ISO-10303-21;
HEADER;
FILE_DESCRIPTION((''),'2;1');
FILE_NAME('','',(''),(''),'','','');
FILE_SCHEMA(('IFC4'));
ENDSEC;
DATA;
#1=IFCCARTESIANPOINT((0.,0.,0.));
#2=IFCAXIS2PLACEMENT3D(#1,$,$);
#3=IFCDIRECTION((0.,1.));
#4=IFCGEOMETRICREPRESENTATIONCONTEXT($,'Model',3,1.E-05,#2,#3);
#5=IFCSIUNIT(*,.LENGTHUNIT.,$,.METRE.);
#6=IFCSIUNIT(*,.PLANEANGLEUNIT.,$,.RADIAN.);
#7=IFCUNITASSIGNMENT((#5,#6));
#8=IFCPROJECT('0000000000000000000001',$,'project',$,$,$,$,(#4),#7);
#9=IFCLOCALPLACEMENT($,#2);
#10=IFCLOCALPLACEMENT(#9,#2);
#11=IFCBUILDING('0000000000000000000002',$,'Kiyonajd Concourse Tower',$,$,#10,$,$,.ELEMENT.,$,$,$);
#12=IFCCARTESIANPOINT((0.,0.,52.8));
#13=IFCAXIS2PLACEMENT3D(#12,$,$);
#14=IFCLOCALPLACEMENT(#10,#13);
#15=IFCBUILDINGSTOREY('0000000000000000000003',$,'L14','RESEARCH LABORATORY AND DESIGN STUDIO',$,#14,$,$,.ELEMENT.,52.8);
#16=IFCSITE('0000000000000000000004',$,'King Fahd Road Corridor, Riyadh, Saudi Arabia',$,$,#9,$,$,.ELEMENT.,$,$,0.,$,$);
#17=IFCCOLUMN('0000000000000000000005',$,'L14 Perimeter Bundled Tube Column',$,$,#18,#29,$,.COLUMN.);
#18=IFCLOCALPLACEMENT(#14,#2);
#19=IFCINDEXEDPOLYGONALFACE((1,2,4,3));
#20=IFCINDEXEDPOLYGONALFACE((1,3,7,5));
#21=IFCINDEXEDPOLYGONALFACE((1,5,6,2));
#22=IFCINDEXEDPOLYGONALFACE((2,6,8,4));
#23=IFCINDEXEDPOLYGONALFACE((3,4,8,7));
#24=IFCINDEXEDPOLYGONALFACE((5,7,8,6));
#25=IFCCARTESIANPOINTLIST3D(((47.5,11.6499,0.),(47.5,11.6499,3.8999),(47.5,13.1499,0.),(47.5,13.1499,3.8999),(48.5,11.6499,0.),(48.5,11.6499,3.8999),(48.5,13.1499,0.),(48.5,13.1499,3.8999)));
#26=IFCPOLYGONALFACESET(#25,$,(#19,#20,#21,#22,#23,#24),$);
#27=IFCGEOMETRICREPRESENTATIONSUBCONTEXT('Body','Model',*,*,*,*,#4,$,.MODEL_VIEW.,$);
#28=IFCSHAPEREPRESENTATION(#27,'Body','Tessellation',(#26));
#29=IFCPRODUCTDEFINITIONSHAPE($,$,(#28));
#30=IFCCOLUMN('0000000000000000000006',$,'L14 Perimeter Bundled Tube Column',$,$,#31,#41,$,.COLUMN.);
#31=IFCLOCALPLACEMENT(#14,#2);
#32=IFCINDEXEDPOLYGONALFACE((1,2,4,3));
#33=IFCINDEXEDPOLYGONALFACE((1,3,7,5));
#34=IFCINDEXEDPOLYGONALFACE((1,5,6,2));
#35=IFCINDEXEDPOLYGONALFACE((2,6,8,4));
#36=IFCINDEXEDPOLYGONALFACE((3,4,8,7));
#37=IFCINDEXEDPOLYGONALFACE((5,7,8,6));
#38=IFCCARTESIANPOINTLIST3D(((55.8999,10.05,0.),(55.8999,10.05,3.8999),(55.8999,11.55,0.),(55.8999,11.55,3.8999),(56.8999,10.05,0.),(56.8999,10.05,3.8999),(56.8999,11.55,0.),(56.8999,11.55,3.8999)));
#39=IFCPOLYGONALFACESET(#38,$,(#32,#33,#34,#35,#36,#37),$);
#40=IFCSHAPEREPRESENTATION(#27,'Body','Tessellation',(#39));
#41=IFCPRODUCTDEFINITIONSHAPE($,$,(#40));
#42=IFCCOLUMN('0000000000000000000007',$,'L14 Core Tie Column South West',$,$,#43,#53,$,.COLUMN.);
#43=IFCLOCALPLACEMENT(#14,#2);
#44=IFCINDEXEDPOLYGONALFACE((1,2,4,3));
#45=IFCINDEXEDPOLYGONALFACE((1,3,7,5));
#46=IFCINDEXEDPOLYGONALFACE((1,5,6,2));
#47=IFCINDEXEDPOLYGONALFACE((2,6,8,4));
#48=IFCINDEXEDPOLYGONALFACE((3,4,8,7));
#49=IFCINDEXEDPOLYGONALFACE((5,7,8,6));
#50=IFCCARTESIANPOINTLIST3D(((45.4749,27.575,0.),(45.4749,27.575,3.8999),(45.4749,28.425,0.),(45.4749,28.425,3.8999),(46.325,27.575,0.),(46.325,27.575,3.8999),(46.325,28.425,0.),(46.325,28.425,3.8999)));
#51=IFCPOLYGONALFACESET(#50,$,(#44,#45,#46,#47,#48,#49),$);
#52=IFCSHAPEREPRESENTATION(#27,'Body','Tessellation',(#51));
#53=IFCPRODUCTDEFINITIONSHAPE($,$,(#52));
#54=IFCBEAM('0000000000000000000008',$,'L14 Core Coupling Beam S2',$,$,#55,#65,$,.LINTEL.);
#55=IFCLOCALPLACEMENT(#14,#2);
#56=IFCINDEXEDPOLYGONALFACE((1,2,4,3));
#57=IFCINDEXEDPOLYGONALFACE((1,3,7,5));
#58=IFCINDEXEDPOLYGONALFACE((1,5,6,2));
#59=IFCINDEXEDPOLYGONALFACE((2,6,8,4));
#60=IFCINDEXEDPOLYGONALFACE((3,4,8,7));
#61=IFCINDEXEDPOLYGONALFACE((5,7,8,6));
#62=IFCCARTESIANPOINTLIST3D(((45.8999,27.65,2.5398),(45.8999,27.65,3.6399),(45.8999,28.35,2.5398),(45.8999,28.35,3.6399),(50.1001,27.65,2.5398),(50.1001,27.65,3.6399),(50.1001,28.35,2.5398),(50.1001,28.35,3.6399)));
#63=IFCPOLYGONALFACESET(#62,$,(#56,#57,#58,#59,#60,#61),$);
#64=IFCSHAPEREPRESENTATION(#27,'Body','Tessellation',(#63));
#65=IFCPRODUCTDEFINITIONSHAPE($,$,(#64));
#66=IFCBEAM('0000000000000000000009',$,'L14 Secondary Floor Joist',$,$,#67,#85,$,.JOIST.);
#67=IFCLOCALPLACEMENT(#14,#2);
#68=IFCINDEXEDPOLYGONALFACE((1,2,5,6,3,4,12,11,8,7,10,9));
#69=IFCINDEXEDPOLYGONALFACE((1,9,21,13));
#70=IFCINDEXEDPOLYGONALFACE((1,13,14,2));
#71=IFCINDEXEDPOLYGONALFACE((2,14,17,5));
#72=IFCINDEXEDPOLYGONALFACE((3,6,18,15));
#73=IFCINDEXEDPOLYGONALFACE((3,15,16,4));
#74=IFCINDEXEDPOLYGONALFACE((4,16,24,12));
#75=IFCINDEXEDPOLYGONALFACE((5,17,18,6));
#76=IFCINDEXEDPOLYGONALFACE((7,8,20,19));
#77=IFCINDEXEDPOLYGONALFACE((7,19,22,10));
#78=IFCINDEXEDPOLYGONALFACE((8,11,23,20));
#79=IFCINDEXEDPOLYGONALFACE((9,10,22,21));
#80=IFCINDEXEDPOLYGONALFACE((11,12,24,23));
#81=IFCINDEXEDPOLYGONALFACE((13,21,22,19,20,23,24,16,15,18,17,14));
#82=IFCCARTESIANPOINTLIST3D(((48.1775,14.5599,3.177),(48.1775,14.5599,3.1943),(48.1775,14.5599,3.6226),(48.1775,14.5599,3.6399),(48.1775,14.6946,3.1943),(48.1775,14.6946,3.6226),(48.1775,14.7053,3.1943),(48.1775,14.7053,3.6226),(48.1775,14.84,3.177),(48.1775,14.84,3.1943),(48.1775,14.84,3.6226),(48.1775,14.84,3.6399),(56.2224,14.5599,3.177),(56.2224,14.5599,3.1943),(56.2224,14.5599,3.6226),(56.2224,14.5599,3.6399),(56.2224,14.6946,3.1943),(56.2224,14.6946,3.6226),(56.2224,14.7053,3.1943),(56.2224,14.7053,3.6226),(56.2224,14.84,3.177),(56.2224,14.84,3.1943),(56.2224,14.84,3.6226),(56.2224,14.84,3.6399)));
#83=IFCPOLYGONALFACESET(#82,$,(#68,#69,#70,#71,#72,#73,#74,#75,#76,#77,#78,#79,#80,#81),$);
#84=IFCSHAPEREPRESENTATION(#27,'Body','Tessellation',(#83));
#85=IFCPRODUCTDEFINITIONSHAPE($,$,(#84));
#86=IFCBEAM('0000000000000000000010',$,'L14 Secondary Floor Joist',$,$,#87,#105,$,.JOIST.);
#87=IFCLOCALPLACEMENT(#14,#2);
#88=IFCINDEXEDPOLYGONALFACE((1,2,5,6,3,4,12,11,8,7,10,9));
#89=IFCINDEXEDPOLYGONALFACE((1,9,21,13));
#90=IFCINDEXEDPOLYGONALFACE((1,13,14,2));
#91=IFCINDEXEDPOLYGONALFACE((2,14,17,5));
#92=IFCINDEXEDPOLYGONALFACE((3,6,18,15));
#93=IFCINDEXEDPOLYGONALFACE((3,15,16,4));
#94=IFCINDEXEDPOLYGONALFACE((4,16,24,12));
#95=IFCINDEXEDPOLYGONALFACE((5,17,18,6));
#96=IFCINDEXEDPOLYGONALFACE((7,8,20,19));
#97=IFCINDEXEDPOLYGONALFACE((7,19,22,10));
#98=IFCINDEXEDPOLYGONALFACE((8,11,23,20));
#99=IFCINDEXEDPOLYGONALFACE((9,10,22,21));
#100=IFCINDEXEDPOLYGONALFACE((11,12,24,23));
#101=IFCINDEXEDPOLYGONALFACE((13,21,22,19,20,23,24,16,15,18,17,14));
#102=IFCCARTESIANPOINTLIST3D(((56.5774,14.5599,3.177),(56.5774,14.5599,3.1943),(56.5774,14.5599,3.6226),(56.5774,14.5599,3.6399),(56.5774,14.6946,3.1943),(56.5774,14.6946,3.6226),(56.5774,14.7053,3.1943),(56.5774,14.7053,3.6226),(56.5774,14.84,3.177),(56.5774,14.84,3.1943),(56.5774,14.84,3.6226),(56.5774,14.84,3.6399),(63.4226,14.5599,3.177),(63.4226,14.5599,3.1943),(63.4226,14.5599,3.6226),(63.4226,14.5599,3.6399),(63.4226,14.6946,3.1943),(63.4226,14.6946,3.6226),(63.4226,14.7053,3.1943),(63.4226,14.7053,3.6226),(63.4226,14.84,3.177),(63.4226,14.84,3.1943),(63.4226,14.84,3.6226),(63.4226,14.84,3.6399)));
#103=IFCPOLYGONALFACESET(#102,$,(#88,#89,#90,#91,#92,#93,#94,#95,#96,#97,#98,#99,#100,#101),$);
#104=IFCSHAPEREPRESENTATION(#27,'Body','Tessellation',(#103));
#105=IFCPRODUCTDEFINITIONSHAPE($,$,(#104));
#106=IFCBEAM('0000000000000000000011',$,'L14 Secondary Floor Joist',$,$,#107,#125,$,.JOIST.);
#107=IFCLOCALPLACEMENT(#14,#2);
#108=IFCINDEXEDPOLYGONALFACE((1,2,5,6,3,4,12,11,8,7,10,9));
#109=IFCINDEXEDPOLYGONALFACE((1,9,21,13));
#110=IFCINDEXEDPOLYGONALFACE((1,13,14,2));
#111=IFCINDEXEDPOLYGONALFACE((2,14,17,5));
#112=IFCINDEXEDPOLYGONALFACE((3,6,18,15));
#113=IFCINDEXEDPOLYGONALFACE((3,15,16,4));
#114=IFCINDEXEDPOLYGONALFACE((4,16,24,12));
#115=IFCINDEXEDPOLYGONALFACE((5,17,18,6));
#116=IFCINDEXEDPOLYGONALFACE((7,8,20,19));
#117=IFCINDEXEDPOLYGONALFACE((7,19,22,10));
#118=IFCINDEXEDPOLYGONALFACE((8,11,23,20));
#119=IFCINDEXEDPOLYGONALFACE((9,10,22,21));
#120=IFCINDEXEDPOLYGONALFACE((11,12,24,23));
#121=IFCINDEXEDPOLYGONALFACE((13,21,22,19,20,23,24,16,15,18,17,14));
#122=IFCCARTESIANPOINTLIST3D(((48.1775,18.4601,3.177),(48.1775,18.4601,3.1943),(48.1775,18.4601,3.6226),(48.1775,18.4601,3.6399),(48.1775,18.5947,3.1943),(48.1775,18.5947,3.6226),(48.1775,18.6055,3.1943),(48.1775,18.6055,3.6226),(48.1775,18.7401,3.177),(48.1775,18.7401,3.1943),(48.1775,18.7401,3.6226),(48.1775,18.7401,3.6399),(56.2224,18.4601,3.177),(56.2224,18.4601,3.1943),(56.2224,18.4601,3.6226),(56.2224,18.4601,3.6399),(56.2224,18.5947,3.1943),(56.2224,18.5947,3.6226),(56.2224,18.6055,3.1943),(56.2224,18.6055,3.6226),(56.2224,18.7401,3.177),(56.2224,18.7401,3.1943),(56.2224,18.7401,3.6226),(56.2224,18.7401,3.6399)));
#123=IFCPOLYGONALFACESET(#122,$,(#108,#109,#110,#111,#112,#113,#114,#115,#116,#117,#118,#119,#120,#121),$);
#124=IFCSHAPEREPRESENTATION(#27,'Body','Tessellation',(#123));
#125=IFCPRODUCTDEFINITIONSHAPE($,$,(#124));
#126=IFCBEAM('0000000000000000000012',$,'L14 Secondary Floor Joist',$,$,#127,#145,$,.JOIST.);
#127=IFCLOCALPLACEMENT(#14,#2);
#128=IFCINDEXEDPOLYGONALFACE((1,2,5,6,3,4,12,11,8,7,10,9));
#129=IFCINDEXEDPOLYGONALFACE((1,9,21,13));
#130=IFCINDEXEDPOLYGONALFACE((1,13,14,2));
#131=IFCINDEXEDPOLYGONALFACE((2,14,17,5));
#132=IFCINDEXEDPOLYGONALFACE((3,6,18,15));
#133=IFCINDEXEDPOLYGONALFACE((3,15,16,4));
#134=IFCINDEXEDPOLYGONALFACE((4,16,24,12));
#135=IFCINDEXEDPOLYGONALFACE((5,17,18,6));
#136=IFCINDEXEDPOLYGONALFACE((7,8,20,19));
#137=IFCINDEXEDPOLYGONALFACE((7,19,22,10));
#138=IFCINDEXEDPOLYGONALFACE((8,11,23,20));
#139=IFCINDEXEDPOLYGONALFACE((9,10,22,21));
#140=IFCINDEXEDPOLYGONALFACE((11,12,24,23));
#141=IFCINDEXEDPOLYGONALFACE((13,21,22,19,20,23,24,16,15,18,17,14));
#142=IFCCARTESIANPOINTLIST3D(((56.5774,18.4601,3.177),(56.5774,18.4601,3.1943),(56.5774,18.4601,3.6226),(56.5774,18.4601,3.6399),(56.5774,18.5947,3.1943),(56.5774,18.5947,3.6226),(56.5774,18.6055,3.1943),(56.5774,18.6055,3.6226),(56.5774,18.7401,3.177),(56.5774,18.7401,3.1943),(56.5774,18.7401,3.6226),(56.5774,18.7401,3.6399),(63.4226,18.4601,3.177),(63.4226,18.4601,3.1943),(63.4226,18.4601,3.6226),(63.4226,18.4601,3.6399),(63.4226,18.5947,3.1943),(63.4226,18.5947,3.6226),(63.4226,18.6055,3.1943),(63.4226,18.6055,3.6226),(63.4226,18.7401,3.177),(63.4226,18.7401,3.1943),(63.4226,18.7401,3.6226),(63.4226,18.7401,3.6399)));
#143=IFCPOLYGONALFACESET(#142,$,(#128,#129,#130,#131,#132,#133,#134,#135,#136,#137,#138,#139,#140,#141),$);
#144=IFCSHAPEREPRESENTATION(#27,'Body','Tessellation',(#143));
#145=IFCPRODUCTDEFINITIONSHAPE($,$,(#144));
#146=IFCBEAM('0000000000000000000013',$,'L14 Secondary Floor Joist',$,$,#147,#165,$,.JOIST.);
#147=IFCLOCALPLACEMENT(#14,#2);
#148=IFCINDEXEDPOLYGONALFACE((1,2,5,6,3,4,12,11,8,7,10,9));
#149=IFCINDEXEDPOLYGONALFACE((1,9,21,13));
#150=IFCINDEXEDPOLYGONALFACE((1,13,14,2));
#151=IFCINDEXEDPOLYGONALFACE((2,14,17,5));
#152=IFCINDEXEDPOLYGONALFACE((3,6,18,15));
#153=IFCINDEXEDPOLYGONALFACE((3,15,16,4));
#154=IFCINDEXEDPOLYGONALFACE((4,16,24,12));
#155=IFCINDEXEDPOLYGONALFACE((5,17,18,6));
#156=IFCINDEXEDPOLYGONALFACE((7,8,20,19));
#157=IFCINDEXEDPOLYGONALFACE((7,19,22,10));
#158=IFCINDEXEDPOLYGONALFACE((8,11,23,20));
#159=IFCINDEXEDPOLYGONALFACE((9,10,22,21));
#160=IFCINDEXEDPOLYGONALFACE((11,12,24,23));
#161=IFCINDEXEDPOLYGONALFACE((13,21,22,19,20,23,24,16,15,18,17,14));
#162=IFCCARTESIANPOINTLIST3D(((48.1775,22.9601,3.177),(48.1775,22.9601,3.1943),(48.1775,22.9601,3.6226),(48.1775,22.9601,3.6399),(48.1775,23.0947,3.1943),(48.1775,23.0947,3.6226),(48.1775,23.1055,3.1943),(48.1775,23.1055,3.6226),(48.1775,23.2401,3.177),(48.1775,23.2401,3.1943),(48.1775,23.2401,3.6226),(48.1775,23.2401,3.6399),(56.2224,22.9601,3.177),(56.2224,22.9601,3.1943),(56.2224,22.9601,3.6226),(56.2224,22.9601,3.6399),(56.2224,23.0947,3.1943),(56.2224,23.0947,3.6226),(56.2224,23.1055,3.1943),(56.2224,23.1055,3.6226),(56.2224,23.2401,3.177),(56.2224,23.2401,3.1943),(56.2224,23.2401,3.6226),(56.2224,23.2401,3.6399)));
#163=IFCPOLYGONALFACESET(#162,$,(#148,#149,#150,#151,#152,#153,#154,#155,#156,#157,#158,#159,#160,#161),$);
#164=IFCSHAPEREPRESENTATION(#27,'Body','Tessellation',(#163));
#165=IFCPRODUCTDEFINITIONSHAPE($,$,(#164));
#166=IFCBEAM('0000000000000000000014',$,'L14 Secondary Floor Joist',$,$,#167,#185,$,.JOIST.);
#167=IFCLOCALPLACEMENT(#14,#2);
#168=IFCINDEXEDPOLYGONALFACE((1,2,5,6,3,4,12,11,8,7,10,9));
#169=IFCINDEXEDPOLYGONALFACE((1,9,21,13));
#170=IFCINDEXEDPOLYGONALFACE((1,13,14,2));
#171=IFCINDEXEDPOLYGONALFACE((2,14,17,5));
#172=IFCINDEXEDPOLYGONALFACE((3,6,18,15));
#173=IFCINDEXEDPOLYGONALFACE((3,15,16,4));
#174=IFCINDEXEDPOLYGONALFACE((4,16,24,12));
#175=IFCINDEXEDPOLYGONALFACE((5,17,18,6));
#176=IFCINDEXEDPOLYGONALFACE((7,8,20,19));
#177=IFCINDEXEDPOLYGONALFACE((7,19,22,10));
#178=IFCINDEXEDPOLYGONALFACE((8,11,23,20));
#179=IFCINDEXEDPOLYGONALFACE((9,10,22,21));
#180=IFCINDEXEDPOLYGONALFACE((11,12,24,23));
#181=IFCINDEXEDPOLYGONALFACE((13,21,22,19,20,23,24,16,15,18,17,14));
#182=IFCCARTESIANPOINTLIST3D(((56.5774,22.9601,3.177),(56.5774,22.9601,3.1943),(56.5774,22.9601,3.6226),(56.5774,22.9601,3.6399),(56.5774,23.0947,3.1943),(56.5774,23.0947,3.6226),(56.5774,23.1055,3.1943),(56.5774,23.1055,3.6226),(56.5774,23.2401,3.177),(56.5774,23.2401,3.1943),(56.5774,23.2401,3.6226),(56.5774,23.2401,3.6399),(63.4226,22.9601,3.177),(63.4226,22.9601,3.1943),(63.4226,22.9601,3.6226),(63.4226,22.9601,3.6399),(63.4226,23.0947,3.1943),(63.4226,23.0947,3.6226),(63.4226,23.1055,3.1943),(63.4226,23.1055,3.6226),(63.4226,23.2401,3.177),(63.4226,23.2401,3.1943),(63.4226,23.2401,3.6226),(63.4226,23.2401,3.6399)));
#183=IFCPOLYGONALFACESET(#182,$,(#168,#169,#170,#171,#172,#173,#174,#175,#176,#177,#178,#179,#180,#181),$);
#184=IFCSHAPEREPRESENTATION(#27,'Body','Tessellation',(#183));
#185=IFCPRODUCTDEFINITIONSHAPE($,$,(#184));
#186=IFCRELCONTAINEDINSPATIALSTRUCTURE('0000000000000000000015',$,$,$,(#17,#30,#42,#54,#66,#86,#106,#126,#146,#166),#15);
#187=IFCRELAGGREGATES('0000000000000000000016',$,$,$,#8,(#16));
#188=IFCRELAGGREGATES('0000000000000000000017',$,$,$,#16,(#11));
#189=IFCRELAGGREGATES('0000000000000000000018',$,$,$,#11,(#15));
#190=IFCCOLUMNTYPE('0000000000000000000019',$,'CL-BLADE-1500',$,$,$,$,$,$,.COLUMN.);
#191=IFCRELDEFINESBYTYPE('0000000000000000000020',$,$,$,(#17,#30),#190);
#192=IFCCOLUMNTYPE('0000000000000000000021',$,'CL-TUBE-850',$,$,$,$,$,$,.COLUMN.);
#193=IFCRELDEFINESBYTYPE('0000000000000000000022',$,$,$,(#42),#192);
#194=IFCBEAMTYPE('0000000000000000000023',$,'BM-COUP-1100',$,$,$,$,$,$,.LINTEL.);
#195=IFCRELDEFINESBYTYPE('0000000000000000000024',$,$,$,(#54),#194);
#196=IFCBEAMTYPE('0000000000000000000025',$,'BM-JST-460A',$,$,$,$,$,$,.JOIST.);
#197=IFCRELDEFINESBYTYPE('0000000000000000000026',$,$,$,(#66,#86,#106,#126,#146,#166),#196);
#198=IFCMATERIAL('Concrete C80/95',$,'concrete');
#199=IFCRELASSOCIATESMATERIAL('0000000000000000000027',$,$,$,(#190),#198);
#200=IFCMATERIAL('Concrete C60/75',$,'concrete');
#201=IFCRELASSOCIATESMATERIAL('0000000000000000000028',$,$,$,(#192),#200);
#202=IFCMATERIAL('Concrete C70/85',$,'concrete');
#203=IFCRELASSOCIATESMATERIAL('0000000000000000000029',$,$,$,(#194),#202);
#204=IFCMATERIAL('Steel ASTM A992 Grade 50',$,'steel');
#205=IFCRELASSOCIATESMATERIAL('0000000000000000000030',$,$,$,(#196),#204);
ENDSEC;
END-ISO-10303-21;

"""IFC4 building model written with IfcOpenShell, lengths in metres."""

from ifc_helpers import new_model, si_unit, direction, frame, origin, origin_2d, place, context, subcontext, project, spatial, rectangle, i_section, extrude, material, material_profile, profile_set, type_object, element, save


model = new_model("IFC4")

# Units and contexts
model_context = context("Model", 3, precision=1e-05, world=origin(), true_north=direction((0.0, 1.0)))
body_context = subcontext(model_context, "Body", "Model", "MODEL_VIEW")
ifc_project = project(units=[si_unit("LENGTHUNIT", "METRE"), si_unit("PLANEANGLEUNIT", "RADIAN")], contexts=[model_context])

# Site, building, storey
site_placement = place(None, origin())
site = spatial("IfcSite", under=ifc_project, at=site_placement, Name="King Fahd Road Corridor, Riyadh, Saudi Arabia", CompositionType="ELEMENT", RefElevation=0.0)
building_placement = place(site_placement, origin())
building = spatial("IfcBuilding", under=site, at=building_placement, Name="Kiyonajd Concourse Tower", CompositionType="ELEMENT")
storey_placement = place(building_placement, frame((0.0, 0.0, 52.8)))
storey = spatial("IfcBuildingStorey", under=building, at=storey_placement, Name="L14", Description="RESEARCH LABORATORY AND DESIGN STUDIO", CompositionType="ELEMENT", Elevation=52.8)

# Columns
ifc_material_1 = material(Name="Concrete C80/95", Category="concrete")
ifc_material_profile_1 = material_profile(ifc_material_1, rectangle(XDim=1.0, YDim=1.5, at=origin_2d()), Name="RC-1500x1000")
ifc_profile_set_1 = profile_set([ifc_material_profile_1], Name="Concrete C80/95")
column_type_1 = type_object("IfcColumnType", Name="CL-BLADE-1500", PredefinedType="COLUMN", material=ifc_profile_set_1)
for number, where, z_axis, x_axis, name in (
    (1, (48.0, 12.3999, 0.0), (0.0, 0.0, 1.0), (1.0, 0.0, 0.0), "L14 Perimeter Bundled Tube Column"),
    (2, (56.3999, 10.8, 0.0), (0.0, 0.0, 1.0), (1.0, 0.0, 0.0), "L14 Perimeter Bundled Tube Column"),
):
    element("IfcColumn", number, at=place(storey_placement, frame(where, z_axis=z_axis, x_axis=x_axis)), inside=storey, type_object=column_type_1, Name=name, PredefinedType="COLUMN", context=body_context, shape_type="SweptSolid", body=[
        extrude(rectangle(XDim=1.0, YDim=1.5, at=origin_2d()), origin(), (0.0, 0.0, 1.0), 3.8999),
    ])
ifc_material_2 = material(Name="Concrete C60/75", Category="concrete")
ifc_material_profile_2 = material_profile(ifc_material_2, rectangle(XDim=0.8501, YDim=0.8501, at=origin_2d()), Name="RC-850x850")
ifc_profile_set_2 = profile_set([ifc_material_profile_2], Name="Concrete C60/75")
column_type_2 = type_object("IfcColumnType", Name="CL-TUBE-850", PredefinedType="COLUMN", material=ifc_profile_set_2)
column_placement = place(storey_placement, frame((45.8999, 28.0, 0.0), z_axis=(0.0, 0.0, 1.0), x_axis=(1.0, 0.0, 0.0)))
element("IfcColumn", 3, at=column_placement, inside=storey, type_object=column_type_2, Name="L14 Core Tie Column South West", PredefinedType="COLUMN", context=body_context, shape_type="SweptSolid", body=[
    extrude(rectangle(XDim=0.8501, YDim=0.8501, at=origin_2d()), origin(), (0.0, 0.0, 1.0), 3.8999),
])

# Beams
ifc_material_3 = material(Name="Concrete C70/85", Category="concrete")
ifc_material_profile_3 = material_profile(ifc_material_3, rectangle(XDim=0.7, YDim=1.1001, at=origin_2d()), Name="RCBM-700x1100")
ifc_profile_set_3 = profile_set([ifc_material_profile_3], Name="Concrete C70/85")
beam_type_1 = type_object("IfcBeamType", Name="BM-COUP-1100", PredefinedType="LINTEL", material=ifc_profile_set_3)
beam_1_placement = place(storey_placement, frame((45.8999, 28.0, 3.0898), z_axis=(1.0, 0.0, 0.0), x_axis=(0.0, 1.0, 0.0)))
element("IfcBeam", 4, at=beam_1_placement, inside=storey, type_object=beam_type_1, Name="L14 Core Coupling Beam S2", PredefinedType="LINTEL", context=body_context, shape_type="SweptSolid", body=[
    extrude(rectangle(XDim=0.7, YDim=1.1001, at=origin_2d()), origin(), (0.0, 0.0, 1.0), 4.2002),
])
ifc_material_4 = material(Name="Steel ASTM A992 Grade 50", Category="steel")
ifc_material_profile_4 = material_profile(ifc_material_4, i_section(OverallWidth=0.28, OverallDepth=0.4629, WebThickness=0.0107, FlangeThickness=0.0173, at=origin_2d()), Name="W460X113")
ifc_profile_set_4 = profile_set([ifc_material_profile_4], Name="Steel ASTM A992 Grade 50")
beam_type_2 = type_object("IfcBeamType", Name="BM-JST-460A", PredefinedType="JOIST", material=ifc_profile_set_4)
beam_2_placement = place(storey_placement, frame((48.1775, 14.7, 3.4084), z_axis=(1.0, 0.0, 0.0), x_axis=(0.0, 1.0, 0.0)))
element("IfcBeam", 5, at=beam_2_placement, inside=storey, type_object=beam_type_2, Name="L14 Secondary Floor Joist", PredefinedType="JOIST", context=body_context, shape_type="SweptSolid", body=[
    extrude(i_section(OverallWidth=0.28, OverallDepth=0.4629, WebThickness=0.0107, FlangeThickness=0.0173, at=origin_2d()), origin(), (0.0, 0.0, 1.0), 8.0449),
])
beam_3_placement = place(storey_placement, frame((56.5774, 14.7, 3.4084), z_axis=(1.0, 0.0, 0.0), x_axis=(0.0, 1.0, 0.0)))
element("IfcBeam", 6, at=beam_3_placement, inside=storey, type_object=beam_type_2, Name="L14 Secondary Floor Joist", PredefinedType="JOIST", context=body_context, shape_type="SweptSolid", body=[
    extrude(i_section(OverallWidth=0.28, OverallDepth=0.4629, WebThickness=0.0107, FlangeThickness=0.0173, at=origin_2d()), origin(), (0.0, 0.0, 1.0), 6.8452),
])
beam_4_placement = place(storey_placement, frame((48.1775, 18.6001, 3.4084), z_axis=(1.0, 0.0, 0.0), x_axis=(0.0, 1.0, 0.0)))
element("IfcBeam", 7, at=beam_4_placement, inside=storey, type_object=beam_type_2, Name="L14 Secondary Floor Joist", PredefinedType="JOIST", context=body_context, shape_type="SweptSolid", body=[
    extrude(i_section(OverallWidth=0.28, OverallDepth=0.4629, WebThickness=0.0107, FlangeThickness=0.0173, at=origin_2d()), origin(), (0.0, 0.0, 1.0), 8.0449),
])
beam_5_placement = place(storey_placement, frame((56.5774, 18.6001, 3.4084), z_axis=(1.0, 0.0, 0.0), x_axis=(0.0, 1.0, 0.0)))
element("IfcBeam", 8, at=beam_5_placement, inside=storey, type_object=beam_type_2, Name="L14 Secondary Floor Joist", PredefinedType="JOIST", context=body_context, shape_type="SweptSolid", body=[
    extrude(i_section(OverallWidth=0.28, OverallDepth=0.4629, WebThickness=0.0107, FlangeThickness=0.0173, at=origin_2d()), origin(), (0.0, 0.0, 1.0), 6.8452),
])
beam_6_placement = place(storey_placement, frame((48.1775, 23.1001, 3.4084), z_axis=(1.0, 0.0, 0.0), x_axis=(0.0, 1.0, 0.0)))
element("IfcBeam", 9, at=beam_6_placement, inside=storey, type_object=beam_type_2, Name="L14 Secondary Floor Joist", PredefinedType="JOIST", context=body_context, shape_type="SweptSolid", body=[
    extrude(i_section(OverallWidth=0.28, OverallDepth=0.4629, WebThickness=0.0107, FlangeThickness=0.0173, at=origin_2d()), origin(), (0.0, 0.0, 1.0), 8.0449),
])
beam_7_placement = place(storey_placement, frame((56.5774, 23.1001, 3.4084), z_axis=(1.0, 0.0, 0.0), x_axis=(0.0, 1.0, 0.0)))
element("IfcBeam", 10, at=beam_7_placement, inside=storey, type_object=beam_type_2, Name="L14 Secondary Floor Joist", PredefinedType="JOIST", context=body_context, shape_type="SweptSolid", body=[
    extrude(i_section(OverallWidth=0.28, OverallDepth=0.4629, WebThickness=0.0107, FlangeThickness=0.0173, at=origin_2d()), origin(), (0.0, 0.0, 1.0), 6.8452),
])

save(model, "model.ifc")
